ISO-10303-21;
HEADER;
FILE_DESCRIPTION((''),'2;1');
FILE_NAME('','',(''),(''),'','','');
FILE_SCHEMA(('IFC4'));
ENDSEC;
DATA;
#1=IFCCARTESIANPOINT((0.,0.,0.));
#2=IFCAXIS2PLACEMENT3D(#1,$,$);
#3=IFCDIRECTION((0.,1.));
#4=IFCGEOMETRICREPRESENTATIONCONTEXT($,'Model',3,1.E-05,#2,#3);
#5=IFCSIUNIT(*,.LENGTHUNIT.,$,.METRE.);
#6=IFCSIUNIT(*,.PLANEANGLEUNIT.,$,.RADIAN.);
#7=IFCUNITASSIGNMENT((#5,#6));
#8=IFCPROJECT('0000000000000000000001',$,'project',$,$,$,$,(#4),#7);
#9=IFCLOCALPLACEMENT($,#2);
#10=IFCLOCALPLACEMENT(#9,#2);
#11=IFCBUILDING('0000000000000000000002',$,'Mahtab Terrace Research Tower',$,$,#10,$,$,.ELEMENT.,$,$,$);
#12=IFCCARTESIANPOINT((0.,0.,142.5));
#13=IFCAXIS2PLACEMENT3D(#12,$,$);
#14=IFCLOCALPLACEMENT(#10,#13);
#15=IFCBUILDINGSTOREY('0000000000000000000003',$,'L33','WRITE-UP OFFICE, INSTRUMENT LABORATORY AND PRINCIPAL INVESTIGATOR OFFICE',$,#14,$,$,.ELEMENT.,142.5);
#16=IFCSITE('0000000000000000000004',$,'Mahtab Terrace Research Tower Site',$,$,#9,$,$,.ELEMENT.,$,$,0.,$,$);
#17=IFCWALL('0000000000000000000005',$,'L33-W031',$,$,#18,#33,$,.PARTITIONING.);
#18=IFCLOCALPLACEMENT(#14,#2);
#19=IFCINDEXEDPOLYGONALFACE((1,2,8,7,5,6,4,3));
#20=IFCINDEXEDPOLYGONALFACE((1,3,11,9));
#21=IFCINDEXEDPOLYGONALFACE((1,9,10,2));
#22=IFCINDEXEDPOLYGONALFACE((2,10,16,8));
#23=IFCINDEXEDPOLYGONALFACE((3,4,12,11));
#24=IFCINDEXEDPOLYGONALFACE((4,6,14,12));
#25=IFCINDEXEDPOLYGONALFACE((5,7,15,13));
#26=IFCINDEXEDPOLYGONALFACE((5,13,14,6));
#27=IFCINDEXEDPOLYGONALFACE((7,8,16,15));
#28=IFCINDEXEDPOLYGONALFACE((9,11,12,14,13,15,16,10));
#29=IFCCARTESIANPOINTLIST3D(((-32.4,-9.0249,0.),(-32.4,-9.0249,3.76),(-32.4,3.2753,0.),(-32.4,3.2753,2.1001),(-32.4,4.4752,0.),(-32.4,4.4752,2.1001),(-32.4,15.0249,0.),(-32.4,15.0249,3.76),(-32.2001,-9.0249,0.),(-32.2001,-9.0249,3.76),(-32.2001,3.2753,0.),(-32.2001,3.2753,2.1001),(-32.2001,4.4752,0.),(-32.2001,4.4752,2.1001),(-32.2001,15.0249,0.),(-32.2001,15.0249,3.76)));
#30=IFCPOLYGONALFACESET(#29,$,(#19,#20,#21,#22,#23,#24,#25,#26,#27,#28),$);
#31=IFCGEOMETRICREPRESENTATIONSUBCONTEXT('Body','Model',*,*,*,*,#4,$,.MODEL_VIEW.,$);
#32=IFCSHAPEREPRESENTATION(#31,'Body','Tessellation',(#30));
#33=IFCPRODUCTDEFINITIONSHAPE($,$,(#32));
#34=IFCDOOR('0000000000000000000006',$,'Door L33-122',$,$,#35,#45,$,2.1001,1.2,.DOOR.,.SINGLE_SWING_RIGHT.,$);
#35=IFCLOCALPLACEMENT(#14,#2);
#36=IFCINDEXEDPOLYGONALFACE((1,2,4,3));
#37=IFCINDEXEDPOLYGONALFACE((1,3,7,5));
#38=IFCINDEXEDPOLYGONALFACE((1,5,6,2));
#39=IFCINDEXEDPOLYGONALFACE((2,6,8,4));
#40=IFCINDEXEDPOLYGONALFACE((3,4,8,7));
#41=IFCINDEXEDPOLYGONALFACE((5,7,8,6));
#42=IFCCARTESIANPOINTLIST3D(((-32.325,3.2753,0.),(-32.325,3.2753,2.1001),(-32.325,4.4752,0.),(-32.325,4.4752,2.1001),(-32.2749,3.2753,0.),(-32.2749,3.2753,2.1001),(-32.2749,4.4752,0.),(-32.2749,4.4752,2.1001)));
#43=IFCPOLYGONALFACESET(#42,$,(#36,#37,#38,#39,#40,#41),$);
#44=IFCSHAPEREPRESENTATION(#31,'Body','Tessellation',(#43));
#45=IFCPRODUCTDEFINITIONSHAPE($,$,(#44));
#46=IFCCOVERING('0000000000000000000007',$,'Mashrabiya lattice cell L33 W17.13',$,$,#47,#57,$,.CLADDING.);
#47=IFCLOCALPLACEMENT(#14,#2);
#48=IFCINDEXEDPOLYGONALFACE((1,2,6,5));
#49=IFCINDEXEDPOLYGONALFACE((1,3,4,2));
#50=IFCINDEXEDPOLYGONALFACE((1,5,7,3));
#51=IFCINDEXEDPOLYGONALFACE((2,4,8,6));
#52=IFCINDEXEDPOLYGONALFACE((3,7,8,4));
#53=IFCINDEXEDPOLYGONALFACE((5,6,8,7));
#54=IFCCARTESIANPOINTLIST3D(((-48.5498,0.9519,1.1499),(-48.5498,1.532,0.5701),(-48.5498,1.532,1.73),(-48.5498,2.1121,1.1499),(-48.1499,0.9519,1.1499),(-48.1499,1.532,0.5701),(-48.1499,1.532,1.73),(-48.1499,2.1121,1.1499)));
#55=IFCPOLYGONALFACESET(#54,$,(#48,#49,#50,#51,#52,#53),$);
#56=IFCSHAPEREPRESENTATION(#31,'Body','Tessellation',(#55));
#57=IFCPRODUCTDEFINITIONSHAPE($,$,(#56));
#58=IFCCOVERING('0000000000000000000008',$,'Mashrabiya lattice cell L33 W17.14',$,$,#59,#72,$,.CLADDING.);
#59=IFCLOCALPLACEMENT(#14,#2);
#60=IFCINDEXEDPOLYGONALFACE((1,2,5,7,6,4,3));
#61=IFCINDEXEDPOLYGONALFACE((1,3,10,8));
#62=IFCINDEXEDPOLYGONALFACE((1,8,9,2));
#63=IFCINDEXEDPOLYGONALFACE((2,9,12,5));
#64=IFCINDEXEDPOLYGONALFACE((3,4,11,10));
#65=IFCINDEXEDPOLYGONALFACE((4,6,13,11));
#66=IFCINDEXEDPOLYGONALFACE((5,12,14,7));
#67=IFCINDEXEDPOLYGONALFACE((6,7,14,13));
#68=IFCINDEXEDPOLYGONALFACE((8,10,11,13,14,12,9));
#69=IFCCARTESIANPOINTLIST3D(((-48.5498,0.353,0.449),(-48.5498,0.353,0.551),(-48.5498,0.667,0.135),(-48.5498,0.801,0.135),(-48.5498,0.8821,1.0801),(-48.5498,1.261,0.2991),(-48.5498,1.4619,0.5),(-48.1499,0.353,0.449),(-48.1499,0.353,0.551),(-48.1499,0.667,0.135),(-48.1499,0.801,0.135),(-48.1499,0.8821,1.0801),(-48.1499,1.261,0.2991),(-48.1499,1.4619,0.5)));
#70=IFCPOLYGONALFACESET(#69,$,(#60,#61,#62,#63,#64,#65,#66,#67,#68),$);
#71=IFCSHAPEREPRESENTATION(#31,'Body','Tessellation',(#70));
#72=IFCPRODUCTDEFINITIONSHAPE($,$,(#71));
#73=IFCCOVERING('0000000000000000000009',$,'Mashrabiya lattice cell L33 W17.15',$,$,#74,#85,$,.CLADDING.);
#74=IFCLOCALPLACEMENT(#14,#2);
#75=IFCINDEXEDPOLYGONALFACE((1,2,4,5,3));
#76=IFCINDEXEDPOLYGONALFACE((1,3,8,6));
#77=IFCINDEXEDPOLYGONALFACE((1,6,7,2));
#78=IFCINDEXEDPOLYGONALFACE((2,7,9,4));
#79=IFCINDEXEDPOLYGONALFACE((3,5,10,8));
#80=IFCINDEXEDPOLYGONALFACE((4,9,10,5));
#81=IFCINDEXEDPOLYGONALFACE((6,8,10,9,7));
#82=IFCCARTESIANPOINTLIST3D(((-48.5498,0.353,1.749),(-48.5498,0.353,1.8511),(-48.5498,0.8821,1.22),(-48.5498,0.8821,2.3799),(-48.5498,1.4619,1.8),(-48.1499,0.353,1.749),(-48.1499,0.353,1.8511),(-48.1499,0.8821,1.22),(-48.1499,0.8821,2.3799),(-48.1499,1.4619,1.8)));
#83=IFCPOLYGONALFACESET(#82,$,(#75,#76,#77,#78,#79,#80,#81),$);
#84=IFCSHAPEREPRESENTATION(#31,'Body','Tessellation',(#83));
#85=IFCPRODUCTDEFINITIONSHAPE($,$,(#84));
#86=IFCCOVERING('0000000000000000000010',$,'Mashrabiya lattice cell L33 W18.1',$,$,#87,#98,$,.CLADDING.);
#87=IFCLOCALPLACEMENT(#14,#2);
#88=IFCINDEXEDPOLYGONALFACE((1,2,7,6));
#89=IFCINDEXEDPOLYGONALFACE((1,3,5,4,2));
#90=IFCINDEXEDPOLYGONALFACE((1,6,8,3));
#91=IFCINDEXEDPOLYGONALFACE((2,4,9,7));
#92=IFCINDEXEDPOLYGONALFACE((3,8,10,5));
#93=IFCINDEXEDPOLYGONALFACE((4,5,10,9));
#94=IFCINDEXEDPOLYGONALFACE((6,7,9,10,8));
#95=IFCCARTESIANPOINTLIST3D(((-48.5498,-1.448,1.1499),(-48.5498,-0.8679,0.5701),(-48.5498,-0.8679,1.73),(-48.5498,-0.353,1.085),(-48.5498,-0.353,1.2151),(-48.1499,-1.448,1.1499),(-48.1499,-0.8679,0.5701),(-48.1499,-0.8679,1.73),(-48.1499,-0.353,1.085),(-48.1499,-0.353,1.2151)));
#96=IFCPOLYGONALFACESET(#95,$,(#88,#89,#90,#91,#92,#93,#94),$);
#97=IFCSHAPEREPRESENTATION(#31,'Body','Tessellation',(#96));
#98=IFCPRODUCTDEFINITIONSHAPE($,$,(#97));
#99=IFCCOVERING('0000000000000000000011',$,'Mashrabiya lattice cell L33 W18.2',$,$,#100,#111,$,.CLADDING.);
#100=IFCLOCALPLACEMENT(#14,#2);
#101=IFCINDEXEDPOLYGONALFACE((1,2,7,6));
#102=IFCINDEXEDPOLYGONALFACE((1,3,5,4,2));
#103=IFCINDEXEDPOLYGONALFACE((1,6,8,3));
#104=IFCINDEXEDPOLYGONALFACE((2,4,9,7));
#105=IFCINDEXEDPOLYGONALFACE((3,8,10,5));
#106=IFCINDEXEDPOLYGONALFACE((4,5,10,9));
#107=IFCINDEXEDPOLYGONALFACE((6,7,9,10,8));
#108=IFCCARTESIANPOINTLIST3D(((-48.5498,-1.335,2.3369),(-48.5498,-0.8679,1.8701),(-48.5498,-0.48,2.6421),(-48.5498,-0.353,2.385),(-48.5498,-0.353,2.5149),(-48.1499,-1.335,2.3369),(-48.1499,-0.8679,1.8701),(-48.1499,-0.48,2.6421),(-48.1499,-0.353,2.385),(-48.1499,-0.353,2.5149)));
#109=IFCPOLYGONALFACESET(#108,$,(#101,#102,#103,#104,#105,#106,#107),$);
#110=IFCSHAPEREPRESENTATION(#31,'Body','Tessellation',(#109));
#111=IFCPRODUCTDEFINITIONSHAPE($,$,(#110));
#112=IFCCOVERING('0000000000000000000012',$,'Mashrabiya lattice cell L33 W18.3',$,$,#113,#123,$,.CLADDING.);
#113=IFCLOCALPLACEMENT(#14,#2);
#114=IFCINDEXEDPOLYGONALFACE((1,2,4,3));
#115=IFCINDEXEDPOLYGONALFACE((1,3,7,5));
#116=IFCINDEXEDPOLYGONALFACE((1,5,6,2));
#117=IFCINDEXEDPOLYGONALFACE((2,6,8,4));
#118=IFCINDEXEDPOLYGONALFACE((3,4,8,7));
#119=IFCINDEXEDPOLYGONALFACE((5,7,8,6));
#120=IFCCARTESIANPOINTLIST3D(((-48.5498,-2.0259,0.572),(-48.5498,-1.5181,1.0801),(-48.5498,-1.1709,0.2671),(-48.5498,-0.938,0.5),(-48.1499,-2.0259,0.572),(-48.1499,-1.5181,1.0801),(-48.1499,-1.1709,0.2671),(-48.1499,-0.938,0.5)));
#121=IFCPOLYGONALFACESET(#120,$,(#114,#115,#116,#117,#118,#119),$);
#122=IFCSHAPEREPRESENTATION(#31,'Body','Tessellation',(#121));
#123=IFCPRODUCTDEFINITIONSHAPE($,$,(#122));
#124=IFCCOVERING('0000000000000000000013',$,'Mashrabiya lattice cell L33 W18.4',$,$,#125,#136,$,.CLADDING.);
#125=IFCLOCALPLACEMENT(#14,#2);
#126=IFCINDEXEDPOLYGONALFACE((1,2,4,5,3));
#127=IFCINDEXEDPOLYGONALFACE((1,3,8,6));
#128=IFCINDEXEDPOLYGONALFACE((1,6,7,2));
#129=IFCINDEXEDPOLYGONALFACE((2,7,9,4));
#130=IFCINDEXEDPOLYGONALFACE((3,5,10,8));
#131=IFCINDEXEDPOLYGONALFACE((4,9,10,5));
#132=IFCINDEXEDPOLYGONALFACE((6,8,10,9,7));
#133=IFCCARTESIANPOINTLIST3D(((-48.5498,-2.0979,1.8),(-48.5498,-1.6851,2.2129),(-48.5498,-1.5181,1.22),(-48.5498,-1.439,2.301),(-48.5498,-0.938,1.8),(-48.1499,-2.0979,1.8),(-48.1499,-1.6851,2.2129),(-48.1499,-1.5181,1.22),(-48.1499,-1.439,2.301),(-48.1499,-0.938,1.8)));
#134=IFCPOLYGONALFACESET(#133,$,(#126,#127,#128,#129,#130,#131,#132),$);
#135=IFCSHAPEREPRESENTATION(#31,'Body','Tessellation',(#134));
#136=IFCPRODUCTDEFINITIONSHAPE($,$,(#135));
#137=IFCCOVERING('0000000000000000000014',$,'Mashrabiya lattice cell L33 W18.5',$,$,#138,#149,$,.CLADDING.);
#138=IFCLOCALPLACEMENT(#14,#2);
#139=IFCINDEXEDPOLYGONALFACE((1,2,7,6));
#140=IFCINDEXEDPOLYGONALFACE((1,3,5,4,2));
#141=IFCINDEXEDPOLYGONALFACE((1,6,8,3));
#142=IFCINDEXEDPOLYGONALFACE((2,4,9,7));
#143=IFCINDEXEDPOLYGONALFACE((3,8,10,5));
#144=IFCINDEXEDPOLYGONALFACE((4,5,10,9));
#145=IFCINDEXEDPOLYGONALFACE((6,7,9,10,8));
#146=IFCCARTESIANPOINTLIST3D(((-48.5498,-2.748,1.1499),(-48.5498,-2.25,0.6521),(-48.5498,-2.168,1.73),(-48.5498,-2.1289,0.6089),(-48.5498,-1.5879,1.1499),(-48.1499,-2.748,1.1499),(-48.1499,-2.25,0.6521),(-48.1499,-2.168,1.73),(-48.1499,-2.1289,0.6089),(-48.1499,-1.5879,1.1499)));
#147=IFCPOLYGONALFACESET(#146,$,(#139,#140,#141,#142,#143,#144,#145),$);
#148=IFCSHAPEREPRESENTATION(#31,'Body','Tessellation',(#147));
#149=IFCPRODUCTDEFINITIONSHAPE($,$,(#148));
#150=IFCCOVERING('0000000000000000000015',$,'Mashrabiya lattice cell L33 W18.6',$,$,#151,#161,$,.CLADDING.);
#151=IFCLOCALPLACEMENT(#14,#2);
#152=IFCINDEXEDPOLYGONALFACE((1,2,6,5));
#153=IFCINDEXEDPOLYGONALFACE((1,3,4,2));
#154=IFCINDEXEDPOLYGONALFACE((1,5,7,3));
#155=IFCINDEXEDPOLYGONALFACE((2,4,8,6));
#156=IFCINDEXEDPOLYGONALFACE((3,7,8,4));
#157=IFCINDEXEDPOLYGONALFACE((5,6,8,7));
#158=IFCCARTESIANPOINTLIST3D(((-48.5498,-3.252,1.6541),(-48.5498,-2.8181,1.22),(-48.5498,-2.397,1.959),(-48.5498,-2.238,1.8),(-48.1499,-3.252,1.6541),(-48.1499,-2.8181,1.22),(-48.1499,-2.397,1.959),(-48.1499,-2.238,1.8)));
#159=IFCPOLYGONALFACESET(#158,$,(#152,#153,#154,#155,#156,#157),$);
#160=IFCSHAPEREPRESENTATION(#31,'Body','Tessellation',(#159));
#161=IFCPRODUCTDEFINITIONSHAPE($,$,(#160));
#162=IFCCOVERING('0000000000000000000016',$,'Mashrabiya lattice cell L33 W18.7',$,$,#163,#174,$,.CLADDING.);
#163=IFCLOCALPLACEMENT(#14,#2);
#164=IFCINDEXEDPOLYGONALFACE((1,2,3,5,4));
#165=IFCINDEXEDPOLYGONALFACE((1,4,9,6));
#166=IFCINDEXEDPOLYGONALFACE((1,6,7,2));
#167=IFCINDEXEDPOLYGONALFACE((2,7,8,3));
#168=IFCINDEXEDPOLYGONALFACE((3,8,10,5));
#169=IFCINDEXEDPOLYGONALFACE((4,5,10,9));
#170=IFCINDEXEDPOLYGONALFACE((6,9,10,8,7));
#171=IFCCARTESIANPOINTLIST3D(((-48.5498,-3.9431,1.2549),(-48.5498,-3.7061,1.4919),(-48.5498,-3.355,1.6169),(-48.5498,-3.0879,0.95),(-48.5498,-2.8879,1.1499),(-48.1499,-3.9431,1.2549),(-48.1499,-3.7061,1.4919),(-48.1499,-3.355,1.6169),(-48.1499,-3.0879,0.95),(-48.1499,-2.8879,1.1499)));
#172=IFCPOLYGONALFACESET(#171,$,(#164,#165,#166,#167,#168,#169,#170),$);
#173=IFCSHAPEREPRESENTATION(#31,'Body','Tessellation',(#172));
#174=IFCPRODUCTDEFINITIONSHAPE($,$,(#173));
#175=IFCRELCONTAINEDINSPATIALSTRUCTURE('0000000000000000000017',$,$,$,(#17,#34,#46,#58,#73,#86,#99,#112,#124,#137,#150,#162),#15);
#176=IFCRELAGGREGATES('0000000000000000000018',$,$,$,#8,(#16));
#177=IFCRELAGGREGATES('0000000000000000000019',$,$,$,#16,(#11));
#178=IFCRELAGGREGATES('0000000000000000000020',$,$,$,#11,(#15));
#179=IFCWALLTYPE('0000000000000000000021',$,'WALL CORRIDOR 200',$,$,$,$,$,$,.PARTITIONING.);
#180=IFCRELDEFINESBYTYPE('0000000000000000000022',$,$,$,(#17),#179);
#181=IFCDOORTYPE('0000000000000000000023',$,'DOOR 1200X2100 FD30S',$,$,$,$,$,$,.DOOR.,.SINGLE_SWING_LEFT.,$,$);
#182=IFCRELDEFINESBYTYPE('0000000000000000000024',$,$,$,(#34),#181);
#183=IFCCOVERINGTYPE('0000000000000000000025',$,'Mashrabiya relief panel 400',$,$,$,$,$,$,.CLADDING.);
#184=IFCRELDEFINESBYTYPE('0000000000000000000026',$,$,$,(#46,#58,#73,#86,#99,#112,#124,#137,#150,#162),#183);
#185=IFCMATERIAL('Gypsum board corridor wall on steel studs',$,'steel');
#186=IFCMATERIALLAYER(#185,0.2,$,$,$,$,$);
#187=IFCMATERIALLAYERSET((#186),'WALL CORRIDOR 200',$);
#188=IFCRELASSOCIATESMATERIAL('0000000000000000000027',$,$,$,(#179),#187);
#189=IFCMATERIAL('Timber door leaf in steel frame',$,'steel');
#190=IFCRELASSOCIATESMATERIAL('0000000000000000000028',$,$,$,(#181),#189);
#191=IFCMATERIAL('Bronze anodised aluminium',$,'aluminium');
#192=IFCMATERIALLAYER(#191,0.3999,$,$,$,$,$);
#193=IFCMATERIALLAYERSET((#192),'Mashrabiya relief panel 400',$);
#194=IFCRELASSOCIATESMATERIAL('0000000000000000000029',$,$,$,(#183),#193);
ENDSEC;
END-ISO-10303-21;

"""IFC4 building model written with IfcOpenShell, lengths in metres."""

from ifc_helpers import new_model, si_unit, direction, frame, frame_2d, origin, place, context, subcontext, project, spatial, polyline, rectangle, outline, extrude, material, layer, layer_set, type_object, element, fill, save


model = new_model("IFC4")

# Units and contexts
model_context = context("Model", 3, precision=1e-05, world=origin(), true_north=direction((0.0, 1.0)))
body_context = subcontext(model_context, "Body", "Model", "MODEL_VIEW")
ifc_project = project(units=[si_unit("LENGTHUNIT", "METRE"), si_unit("PLANEANGLEUNIT", "RADIAN")], contexts=[model_context])

# Site, building, storey
site_placement = place(None, origin())
site = spatial("IfcSite", under=ifc_project, at=site_placement, Name="Mahtab Terrace Research Tower Site", CompositionType="ELEMENT", RefElevation=0.0)
building_placement = place(site_placement, origin())
building = spatial("IfcBuilding", under=site, at=building_placement, Name="Mahtab Terrace Research Tower", CompositionType="ELEMENT")
storey_placement = place(building_placement, frame((0.0, 0.0, 142.5)))
storey = spatial("IfcBuildingStorey", under=building, at=storey_placement, Name="L33", Description="WRITE-UP OFFICE, INSTRUMENT LABORATORY AND PRINCIPAL INVESTIGATOR OFFICE", CompositionType="ELEMENT", Elevation=142.5)

# Wall, opening, door
ifc_material_1 = material(Name="Gypsum board corridor wall on steel studs", Category="steel")
ifc_layer_1 = layer(ifc_material_1, 0.2)
ifc_layer_set_1 = layer_set([ifc_layer_1], Name="WALL CORRIDOR 200")
wall_type_1 = type_object("IfcWallType", Name="WALL CORRIDOR 200", PredefinedType="PARTITIONING", material=ifc_layer_set_1)
ifc_material_2 = material(Name="Timber door leaf in steel frame", Category="steel")
door_type = type_object("IfcDoorType", Name="DOOR 1200X2100 FD30S", OperationType="SINGLE_SWING_LEFT", PredefinedType="DOOR", material=ifc_material_2)
wall_1_placement = place(storey_placement, frame((-32.3, -9.0249, 0.0), z_axis=(0.0, 0.0, 1.0), x_axis=(0.0, 1.0, 0.0)))
wall_1 = element("IfcWall", 1, at=wall_1_placement, inside=storey, type_object=wall_type_1, Name="L33-W031", PredefinedType="PARTITIONING", context=body_context, shape_type="SweptSolid", body=[
    extrude(rectangle(XDim=24.0498, YDim=0.2, at=frame_2d((12.0249, 0.0))), origin(), (0.0, 0.0, 1.0), 3.76),
])
opening_1_placement = place(wall_1_placement, frame((12.3, 0.0, 0.0)))
opening_1 = element("IfcOpeningElement", 2, at=opening_1_placement, cuts=wall_1, PredefinedType="OPENING", context=body_context, shape_type="SweptSolid", body=[
    extrude(rectangle(XDim=1.2, YDim=2.1001, at=frame_2d((0.6001, 1.05))), frame((0.0, 0.1099, 0.0), z_axis=(0.0, -1.0, 0.0), x_axis=(1.0, 0.0, 0.0)), (0.0, 0.0, 1.0), 0.22),
])
door_1_placement = place(opening_1_placement, origin())
door_1 = element("IfcDoor", 3, at=door_1_placement, inside=storey, type_object=door_type, Name="Door L33-122", OperationType="SINGLE_SWING_RIGHT", OverallHeight=2.1001, OverallWidth=1.2, PredefinedType="DOOR", context=body_context, shape_type="SweptSolid", body=[
    extrude(rectangle(XDim=1.2, YDim=2.1001, at=frame_2d((0.6001, 1.05))), frame((0.0, 0.0249, 0.0), z_axis=(0.0, -1.0, 0.0), x_axis=(1.0, 0.0, 0.0)), (0.0, 0.0, 1.0), 0.05),
])
fill(opening_1, door_1)

# Coverings
ifc_material_3 = material(Name="Bronze anodised aluminium", Category="aluminium")
ifc_layer_2 = layer(ifc_material_3, 0.3999)
ifc_layer_set_2 = layer_set([ifc_layer_2], Name="Mashrabiya relief panel 400")
covering_type = type_object("IfcCoveringType", Name="Mashrabiya relief panel 400", PredefinedType="CLADDING", material=ifc_layer_set_2)
covering_1_placement = place(storey_placement, frame((-48.1499, 1.532, 1.73), z_axis=(1.0, 0.0, 0.0), x_axis=(0.0, -0.707107, -0.707107)))
element("IfcCovering", 4, at=covering_1_placement, inside=storey, type_object=covering_type, Name="Mashrabiya lattice cell L33 W17.13", PredefinedType="CLADDING", context=body_context, shape_type="SweptSolid", body=[
    extrude(outline(polyline([(0.0, 0.0), (0.8204, 0.0), (0.8202, 0.8202), (0.0, 0.8204), (0.0, 0.0)])), origin(), (0.0, 0.0, -1.0), 0.3999),
])
covering_2_placement = place(storey_placement, frame((-48.1499, 1.4619, 0.5), z_axis=(1.0, 0.0, 0.0), x_axis=(0.0, -0.706958, 0.707256)))
element("IfcCovering", 5, at=covering_2_placement, inside=storey, type_object=covering_type, Name="Mashrabiya lattice cell L33 W17.14", PredefinedType="CLADDING", context=body_context, shape_type="SweptSolid", body=[
    extrude(outline(polyline([(0.0, 0.0), (0.8202, 0.0), (0.82, 0.7482), (0.7478, 0.8203), (0.3038, 0.8202), (0.2091, 0.7254), (-0.0001, 0.2842), (0.0, 0.0)])), origin(), (0.0, 0.0, -1.0), 0.3999),
])
covering_3_placement = place(storey_placement, frame((-48.1499, 0.8821, 1.22), z_axis=(1.0, 0.0, 0.0), x_axis=(0.0, 0.706958, 0.707256)))
element("IfcCovering", 6, at=covering_3_placement, inside=storey, type_object=covering_type, Name="Mashrabiya lattice cell L33 W17.15", PredefinedType="CLADDING", context=body_context, shape_type="SweptSolid", body=[
    extrude(outline(polyline([(0.0, 0.0), (0.8202, 0.0), (0.8204, 0.82), (0.0723, 0.8203), (0.0002, 0.7482), (0.0, 0.0)])), origin(), (0.0, 0.0, -1.0), 0.3999),
])
covering_4_placement = place(storey_placement, frame((-48.1499, -0.8679, 1.73), z_axis=(1.0, 0.0, 0.0), x_axis=(0.0, -0.707107, -0.707107)))
element("IfcCovering", 7, at=covering_4_placement, inside=storey, type_object=covering_type, Name="Mashrabiya lattice cell L33 W18.1", PredefinedType="CLADDING", context=body_context, shape_type="SweptSolid", body=[
    extrude(outline(polyline([(0.0, 0.0), (0.8204, 0.0), (0.8202, 0.8202), (0.092, 0.8202), (0.0, 0.7282), (0.0, 0.0)])), origin(), (0.0, 0.0, -1.0), 0.3999),
])
covering_5_placement = place(storey_placement, frame((-48.1499, -0.8679, 1.8701), z_axis=(1.0, 0.0, 0.0), x_axis=(0.0, 0.707107, 0.707107)))
element("IfcCovering", 8, at=covering_5_placement, inside=storey, type_object=covering_type, Name="Mashrabiya lattice cell L33 W18.2", PredefinedType="CLADDING", context=body_context, shape_type="SweptSolid", body=[
    extrude(outline(polyline([(0.0, 0.0), (0.7282, 0.0), (0.82, 0.0918), (0.8202, 0.2716), (-0.0002, 0.6603), (0.0, 0.0)])), origin(), (0.0, 0.0, -1.0), 0.3999),
])
covering_6_placement = place(storey_placement, frame((-48.1499, -0.938, 0.5), z_axis=(1.0, 0.0, 0.0), x_axis=(0.0, -0.707107, 0.707107)))
element("IfcCovering", 9, at=covering_6_placement, inside=storey, type_object=covering_type, Name="Mashrabiya lattice cell L33 W18.3", PredefinedType="CLADDING", context=body_context, shape_type="SweptSolid", body=[
    extrude(outline(polyline([(0.0, 0.0), (0.8204, 0.0), (0.8202, 0.7183), (0.0, 0.3294), (0.0, 0.0)])), origin(), (0.0, 0.0, -1.0), 0.3999),
])
covering_7_placement = place(storey_placement, frame((-48.1499, -2.0979, 1.8), z_axis=(1.0, 0.0, 0.0), x_axis=(0.0, 0.706958, -0.707256)))
element("IfcCovering", 10, at=covering_7_placement, inside=storey, type_object=covering_type, Name="Mashrabiya lattice cell L33 W18.4", PredefinedType="CLADDING", context=body_context, shape_type="SweptSolid", body=[
    extrude(outline(polyline([(0.0, 0.0), (0.8202, 0.0), (0.82, 0.8204), (0.1115, 0.8202), (-0.0001, 0.5838), (0.0, 0.0)])), origin(), (0.0, 0.0, -1.0), 0.3999),
])
covering_8_placement = place(storey_placement, frame((-48.1499, -1.5879, 1.1499), z_axis=(1.0, 0.0, 0.0), x_axis=(0.0, -0.707107, 0.707107)))
element("IfcCovering", 11, at=covering_8_placement, inside=storey, type_object=covering_type, Name="Mashrabiya lattice cell L33 W18.5", PredefinedType="CLADDING", context=body_context, shape_type="SweptSolid", body=[
    extrude(outline(polyline([(0.0, 0.0), (0.8204, 0.0), (0.8204, 0.8204), (0.1162, 0.8202), (0.0, 0.7651), (0.0, 0.0)])), origin(), (0.0, 0.0, -1.0), 0.3999),
])
covering_9_placement = place(storey_placement, frame((-48.1499, -2.8181, 1.22), z_axis=(1.0, 0.0, 0.0), x_axis=(0.0, 0.707107, 0.707107)))
element("IfcCovering", 12, at=covering_9_placement, inside=storey, type_object=covering_type, Name="Mashrabiya lattice cell L33 W18.6", PredefinedType="CLADDING", context=body_context, shape_type="SweptSolid", body=[
    extrude(outline(polyline([(0.0, 0.0), (0.8204, 0.0), (0.8204, 0.2248), (0.0002, 0.6137), (0.0, 0.0)])), origin(), (0.0, 0.0, -1.0), 0.3999),
])
covering_10_placement = place(storey_placement, frame((-48.1499, -2.8879, 1.1499), z_axis=(1.0, 0.0, 0.0), x_axis=(0.0, -0.707107, 0.707107)))
element("IfcCovering", 13, at=covering_10_placement, inside=storey, type_object=covering_type, Name="Mashrabiya lattice cell L33 W18.7", PredefinedType="CLADDING", context=body_context, shape_type="SweptSolid", body=[
    extrude(outline(polyline([(0.0, 0.0), (0.6605, 0.0), (0.8204, 0.3366), (0.8204, 0.6719), (0.0, 0.2828), (0.0, 0.0)])), origin(), (0.0, 0.0, -1.0), 0.3999),
])

save(model, "model.ifc")
